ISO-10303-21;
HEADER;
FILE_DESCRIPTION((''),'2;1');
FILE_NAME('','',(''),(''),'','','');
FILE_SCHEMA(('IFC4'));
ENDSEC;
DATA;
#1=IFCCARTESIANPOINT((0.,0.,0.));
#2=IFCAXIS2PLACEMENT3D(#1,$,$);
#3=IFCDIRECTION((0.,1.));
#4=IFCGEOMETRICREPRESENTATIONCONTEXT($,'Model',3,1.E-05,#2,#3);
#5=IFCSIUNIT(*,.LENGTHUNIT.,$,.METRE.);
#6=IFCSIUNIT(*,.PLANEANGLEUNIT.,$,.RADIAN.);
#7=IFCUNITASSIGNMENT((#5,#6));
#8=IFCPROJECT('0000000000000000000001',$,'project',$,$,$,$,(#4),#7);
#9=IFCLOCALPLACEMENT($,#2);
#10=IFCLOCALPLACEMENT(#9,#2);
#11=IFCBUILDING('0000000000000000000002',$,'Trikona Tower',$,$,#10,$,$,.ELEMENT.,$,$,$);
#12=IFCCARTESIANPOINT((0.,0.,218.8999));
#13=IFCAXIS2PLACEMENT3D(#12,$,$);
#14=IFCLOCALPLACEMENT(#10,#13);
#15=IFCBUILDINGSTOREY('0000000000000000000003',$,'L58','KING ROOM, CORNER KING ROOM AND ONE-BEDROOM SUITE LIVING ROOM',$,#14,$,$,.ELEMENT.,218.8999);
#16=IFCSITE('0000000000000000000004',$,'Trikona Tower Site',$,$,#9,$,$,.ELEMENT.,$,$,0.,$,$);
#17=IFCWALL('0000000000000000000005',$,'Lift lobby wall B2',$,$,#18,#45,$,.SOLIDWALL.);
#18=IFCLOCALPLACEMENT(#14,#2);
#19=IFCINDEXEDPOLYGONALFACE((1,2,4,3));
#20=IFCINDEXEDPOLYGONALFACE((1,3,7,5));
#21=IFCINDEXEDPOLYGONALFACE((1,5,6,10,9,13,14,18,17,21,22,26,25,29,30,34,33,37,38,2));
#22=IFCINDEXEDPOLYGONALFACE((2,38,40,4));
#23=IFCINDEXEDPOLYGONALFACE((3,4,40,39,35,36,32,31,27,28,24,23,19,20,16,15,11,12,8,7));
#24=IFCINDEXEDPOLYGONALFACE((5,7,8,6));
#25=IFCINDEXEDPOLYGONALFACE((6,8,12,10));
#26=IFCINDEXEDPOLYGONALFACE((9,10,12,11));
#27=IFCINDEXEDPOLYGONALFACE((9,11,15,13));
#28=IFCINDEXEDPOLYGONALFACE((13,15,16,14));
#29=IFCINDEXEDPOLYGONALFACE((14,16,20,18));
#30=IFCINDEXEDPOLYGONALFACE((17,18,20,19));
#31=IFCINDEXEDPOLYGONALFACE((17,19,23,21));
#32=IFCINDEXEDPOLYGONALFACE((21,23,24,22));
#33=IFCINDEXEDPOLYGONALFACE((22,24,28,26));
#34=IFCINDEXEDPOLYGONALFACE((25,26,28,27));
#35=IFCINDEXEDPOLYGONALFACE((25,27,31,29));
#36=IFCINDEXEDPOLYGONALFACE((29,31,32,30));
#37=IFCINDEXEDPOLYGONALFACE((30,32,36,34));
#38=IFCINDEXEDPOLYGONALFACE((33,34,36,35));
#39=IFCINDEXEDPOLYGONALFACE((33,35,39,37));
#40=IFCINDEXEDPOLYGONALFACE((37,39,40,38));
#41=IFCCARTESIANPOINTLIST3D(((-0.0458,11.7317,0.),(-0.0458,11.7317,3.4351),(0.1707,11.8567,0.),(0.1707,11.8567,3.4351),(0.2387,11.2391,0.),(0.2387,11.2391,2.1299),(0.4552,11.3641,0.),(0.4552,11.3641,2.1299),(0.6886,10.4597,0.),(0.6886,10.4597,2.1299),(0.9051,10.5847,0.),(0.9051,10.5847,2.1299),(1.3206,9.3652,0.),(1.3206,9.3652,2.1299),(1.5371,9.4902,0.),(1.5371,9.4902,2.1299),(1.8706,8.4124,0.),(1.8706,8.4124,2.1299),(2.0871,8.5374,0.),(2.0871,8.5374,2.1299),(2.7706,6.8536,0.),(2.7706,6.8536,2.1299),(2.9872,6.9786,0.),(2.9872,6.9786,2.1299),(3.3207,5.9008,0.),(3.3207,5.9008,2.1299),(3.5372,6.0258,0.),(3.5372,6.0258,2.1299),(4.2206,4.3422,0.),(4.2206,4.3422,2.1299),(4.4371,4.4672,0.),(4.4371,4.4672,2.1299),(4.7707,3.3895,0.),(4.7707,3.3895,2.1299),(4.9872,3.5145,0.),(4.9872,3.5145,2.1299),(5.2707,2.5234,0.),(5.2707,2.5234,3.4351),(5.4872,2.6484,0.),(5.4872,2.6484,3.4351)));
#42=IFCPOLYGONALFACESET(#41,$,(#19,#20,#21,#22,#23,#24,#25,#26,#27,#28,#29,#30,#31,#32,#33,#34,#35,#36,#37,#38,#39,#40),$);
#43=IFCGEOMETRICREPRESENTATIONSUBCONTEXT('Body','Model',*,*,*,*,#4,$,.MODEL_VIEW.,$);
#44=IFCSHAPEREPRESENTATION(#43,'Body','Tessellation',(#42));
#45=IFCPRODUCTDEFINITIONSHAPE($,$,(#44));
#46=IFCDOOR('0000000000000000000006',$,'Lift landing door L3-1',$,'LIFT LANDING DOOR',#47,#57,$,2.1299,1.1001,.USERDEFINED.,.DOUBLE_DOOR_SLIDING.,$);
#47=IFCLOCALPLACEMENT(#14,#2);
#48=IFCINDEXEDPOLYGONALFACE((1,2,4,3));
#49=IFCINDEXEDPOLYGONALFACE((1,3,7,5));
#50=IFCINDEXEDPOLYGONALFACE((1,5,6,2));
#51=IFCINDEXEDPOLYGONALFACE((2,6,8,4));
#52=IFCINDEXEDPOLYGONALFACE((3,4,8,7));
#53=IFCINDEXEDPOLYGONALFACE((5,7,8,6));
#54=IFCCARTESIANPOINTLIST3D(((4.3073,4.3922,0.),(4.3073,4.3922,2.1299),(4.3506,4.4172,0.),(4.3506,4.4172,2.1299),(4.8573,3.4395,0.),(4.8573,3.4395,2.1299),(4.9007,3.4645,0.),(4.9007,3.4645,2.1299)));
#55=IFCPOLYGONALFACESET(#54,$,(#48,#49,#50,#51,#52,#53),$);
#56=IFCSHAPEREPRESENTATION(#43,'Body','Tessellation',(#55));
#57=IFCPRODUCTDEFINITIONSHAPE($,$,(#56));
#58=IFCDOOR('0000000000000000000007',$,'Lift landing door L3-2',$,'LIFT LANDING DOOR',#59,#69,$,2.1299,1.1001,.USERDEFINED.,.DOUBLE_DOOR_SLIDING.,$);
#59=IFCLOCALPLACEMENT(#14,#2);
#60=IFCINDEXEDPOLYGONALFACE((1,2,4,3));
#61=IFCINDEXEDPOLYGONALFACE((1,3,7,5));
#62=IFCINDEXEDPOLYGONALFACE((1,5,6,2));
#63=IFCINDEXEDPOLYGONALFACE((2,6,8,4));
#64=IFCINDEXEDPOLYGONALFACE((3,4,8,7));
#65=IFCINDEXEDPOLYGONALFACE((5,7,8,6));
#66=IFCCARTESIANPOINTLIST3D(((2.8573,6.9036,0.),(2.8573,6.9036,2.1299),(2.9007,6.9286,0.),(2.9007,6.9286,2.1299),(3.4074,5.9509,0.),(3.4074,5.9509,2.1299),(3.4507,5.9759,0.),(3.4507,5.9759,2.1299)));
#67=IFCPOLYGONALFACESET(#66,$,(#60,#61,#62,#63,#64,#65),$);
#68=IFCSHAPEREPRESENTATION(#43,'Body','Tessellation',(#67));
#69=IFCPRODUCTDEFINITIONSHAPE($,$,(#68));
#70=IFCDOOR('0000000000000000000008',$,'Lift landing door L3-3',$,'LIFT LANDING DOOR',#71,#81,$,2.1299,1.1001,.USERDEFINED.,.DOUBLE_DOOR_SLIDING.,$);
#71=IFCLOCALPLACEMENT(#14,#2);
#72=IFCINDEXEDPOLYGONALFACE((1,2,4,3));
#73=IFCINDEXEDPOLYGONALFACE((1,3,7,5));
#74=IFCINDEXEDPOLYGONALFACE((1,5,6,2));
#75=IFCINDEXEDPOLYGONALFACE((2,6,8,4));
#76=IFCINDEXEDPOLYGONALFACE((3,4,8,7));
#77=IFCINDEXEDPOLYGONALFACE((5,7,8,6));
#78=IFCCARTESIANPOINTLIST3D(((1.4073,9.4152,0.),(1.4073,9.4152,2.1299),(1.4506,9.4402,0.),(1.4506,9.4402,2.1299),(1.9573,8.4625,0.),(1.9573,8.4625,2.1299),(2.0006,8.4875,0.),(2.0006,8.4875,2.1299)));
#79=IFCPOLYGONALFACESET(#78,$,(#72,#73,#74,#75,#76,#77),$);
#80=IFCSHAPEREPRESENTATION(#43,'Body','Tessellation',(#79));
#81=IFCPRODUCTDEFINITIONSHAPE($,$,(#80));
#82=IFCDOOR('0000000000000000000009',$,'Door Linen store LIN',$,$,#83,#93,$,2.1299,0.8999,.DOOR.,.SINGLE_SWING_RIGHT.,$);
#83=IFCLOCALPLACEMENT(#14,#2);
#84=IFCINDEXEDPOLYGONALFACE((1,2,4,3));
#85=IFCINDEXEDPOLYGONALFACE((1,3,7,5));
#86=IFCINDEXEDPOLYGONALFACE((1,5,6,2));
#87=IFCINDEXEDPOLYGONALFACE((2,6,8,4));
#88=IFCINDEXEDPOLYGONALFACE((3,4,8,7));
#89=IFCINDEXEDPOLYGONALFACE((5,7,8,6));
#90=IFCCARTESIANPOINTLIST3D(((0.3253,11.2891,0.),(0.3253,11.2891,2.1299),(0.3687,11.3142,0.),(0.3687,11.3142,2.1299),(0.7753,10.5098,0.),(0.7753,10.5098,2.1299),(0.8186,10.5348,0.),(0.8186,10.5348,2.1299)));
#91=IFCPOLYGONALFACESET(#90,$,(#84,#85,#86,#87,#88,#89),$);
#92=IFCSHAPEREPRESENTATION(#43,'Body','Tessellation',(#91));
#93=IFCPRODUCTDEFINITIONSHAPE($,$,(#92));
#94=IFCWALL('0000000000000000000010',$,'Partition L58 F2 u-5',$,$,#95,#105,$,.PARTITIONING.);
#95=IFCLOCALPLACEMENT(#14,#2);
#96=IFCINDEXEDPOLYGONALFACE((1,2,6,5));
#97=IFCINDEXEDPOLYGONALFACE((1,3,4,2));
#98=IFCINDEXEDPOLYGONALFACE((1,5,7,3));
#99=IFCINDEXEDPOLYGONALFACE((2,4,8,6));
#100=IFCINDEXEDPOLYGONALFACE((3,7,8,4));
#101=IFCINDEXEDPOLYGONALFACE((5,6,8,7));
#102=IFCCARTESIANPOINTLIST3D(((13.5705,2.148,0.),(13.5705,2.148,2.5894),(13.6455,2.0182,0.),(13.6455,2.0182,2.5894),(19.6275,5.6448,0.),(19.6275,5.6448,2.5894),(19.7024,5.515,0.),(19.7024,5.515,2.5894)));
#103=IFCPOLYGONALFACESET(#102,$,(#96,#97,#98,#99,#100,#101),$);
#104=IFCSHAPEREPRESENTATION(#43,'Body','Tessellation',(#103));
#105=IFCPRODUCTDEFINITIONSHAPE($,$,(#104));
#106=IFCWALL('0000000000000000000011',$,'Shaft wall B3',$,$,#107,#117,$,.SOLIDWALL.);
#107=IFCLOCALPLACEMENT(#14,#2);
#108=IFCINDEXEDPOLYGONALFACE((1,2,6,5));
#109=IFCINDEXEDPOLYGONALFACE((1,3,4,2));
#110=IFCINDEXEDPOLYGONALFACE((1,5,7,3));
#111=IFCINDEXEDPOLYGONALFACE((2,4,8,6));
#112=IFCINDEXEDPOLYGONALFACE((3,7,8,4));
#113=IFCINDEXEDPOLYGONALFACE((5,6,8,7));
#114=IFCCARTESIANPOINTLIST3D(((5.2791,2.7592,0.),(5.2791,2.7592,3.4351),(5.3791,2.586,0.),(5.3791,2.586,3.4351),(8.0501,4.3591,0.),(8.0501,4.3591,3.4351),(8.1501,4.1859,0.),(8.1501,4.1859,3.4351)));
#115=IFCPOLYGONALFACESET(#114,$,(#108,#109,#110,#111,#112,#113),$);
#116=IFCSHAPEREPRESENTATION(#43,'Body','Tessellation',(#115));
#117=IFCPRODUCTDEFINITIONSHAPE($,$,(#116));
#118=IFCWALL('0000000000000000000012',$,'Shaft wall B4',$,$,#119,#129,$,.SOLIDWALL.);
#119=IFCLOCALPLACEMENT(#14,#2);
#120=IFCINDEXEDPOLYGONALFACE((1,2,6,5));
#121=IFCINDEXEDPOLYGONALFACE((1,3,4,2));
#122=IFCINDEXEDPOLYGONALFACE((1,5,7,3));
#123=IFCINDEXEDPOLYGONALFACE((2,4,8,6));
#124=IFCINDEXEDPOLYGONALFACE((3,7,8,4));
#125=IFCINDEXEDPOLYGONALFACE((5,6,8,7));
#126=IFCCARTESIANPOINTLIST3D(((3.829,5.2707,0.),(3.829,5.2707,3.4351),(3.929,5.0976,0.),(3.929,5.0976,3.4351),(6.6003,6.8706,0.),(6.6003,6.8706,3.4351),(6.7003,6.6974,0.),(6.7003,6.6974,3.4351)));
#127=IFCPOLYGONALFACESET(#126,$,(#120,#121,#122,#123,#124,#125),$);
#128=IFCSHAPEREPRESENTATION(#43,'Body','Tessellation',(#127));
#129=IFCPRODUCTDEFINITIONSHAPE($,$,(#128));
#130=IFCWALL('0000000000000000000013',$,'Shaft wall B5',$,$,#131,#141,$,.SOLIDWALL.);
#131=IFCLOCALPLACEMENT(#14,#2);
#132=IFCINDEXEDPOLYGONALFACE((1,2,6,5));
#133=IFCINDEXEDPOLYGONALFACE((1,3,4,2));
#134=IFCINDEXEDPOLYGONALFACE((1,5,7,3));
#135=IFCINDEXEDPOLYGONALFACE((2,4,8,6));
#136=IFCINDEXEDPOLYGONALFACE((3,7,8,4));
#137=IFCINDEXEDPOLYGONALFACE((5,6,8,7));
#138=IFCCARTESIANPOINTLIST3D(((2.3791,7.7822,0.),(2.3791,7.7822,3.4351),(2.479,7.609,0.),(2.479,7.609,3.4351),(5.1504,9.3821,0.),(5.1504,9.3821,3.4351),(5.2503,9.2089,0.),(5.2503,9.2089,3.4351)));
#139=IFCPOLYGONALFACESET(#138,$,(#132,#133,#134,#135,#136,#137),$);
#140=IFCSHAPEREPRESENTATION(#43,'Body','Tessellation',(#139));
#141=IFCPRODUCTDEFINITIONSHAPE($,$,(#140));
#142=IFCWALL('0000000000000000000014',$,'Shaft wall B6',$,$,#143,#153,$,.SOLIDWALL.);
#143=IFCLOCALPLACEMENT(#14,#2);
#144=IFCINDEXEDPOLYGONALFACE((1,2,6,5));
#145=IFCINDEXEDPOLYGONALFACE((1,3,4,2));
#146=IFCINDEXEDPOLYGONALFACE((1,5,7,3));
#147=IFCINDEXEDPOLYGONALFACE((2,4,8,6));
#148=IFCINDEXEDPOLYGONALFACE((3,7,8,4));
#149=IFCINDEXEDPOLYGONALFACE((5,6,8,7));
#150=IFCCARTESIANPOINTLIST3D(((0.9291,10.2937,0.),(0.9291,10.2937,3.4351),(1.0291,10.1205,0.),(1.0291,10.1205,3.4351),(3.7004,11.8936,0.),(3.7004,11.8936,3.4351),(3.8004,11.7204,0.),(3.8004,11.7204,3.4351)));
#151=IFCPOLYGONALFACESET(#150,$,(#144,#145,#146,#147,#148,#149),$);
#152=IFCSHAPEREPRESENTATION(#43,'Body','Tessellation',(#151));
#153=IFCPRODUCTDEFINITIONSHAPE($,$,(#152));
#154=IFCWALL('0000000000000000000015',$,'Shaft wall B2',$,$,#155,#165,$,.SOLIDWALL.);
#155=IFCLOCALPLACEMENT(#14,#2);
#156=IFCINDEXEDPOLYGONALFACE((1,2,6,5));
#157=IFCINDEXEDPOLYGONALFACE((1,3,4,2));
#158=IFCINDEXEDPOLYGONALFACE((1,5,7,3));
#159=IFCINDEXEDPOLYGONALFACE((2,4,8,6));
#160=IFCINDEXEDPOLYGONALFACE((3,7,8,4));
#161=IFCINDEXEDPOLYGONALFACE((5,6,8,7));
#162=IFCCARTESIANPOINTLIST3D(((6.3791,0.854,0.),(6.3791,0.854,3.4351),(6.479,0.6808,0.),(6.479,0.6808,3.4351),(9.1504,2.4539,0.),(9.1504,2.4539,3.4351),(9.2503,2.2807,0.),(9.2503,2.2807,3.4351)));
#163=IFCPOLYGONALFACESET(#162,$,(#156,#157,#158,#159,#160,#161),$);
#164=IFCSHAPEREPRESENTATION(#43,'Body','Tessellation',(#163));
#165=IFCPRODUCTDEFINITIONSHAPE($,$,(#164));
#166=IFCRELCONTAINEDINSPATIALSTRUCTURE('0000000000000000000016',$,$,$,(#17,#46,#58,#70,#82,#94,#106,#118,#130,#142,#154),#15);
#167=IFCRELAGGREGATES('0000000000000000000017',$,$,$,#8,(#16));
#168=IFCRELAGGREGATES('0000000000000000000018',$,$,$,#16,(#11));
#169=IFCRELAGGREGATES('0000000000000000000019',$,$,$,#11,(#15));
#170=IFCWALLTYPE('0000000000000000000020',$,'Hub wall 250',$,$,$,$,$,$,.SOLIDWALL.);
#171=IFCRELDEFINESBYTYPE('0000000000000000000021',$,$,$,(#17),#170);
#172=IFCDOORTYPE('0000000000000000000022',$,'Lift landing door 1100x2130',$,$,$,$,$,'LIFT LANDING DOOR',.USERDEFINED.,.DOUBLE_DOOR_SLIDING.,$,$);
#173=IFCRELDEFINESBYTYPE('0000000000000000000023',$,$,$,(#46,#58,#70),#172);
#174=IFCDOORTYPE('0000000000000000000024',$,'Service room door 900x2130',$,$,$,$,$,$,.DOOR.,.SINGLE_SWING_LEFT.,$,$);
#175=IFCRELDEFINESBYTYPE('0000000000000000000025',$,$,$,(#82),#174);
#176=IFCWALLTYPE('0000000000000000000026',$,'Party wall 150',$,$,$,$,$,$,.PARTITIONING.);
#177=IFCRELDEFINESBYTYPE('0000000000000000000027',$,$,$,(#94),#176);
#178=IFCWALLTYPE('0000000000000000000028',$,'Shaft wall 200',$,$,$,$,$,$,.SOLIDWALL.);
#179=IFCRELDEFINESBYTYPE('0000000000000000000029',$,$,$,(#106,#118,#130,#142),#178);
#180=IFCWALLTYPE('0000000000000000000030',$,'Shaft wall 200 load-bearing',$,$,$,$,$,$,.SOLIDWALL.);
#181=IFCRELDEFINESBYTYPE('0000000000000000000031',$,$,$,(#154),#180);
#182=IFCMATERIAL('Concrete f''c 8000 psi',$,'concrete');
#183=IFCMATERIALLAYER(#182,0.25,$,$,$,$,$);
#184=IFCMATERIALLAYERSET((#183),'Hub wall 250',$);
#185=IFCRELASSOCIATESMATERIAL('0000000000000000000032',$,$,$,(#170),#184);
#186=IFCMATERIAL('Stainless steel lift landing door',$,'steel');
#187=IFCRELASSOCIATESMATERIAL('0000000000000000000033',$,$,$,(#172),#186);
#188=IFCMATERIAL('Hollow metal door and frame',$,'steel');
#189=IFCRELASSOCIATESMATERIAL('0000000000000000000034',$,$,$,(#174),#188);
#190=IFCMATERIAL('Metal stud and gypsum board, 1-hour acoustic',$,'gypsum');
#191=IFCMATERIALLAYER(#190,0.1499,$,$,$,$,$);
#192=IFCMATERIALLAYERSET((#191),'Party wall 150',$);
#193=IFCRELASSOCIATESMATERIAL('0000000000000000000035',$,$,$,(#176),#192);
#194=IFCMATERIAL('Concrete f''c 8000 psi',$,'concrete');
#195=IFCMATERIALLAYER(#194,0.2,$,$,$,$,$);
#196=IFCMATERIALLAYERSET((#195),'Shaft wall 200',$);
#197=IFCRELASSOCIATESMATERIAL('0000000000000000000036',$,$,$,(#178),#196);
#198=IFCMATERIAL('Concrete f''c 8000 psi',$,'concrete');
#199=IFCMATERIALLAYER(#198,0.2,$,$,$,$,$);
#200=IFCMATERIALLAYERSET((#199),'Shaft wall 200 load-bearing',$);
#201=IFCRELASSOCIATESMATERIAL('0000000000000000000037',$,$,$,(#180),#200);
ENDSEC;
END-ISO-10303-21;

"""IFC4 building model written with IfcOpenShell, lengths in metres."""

from ifc_helpers import new_model, si_unit, direction, frame, frame_2d, origin, place, context, subcontext, project, spatial, rectangle, extrude, material, layer, layer_set, type_object, element, fill, save


model = new_model("IFC4")

# Units and contexts
model_context = context("Model", 3, precision=1e-05, world=origin(), true_north=direction((0.0, 1.0)))
body_context = subcontext(model_context, "Body", "Model", "MODEL_VIEW")
ifc_project = project(units=[si_unit("LENGTHUNIT", "METRE"), si_unit("PLANEANGLEUNIT", "RADIAN")], contexts=[model_context])

# Site, building, storey
site_placement = place(None, origin())
site = spatial("IfcSite", under=ifc_project, at=site_placement, Name="Trikona Tower Site", CompositionType="ELEMENT", RefElevation=0.0)
building_placement = place(site_placement, origin())
building = spatial("IfcBuilding", under=site, at=building_placement, Name="Trikona Tower", CompositionType="ELEMENT")
storey_placement = place(building_placement, frame((0.0, 0.0, 218.8999)))
storey = spatial("IfcBuildingStorey", under=building, at=storey_placement, Name="L58", Description="KING ROOM, CORNER KING ROOM AND ONE-BEDROOM SUITE LIVING ROOM", CompositionType="ELEMENT", Elevation=218.8999)

# Wall, openings, doors
ifc_material_1 = material(Name="Concrete f'c 8000 psi", Category="concrete")
ifc_layer_1 = layer(ifc_material_1, 0.25)
ifc_layer_set_1 = layer_set([ifc_layer_1], Name="Hub wall 250")
wall_type_1 = type_object("IfcWallType", Name="Hub wall 250", PredefinedType="SOLIDWALL", material=ifc_layer_set_1)
wall_1_placement = place(storey_placement, frame((5.3789, 2.5859, 0.0), z_axis=(0.0, 0.0, 1.0), x_axis=(-0.500001, 0.866025, 0.0)))
wall_1 = element("IfcWall", 1, at=wall_1_placement, inside=storey, type_object=wall_type_1, Name="Lift lobby wall B2", PredefinedType="SOLIDWALL", context=body_context, shape_type="SweptSolid", body=[
    extrude(rectangle(XDim=10.6328, YDim=0.25, at=frame_2d((5.3164, 0.0))), origin(), (0.0, 0.0, 1.0), 3.4351),
])
opening_1_placement = place(wall_1_placement, frame((9.1641, 0.0, 0.0)))
opening_1 = element("IfcOpeningElement", 2, at=opening_1_placement, cuts=wall_1, PredefinedType="OPENING", context=body_context, shape_type="SweptSolid", body=[
    extrude(rectangle(XDim=0.8999, YDim=2.1299, at=frame_2d((0.45, 1.0649))), frame((0.0, 0.135, 0.0), z_axis=(0.0, -1.0, 0.0), x_axis=(1.0, 0.0, 0.0)), (0.0, 0.0, 1.0), 0.27),
])
opening_2_placement = place(wall_1_placement, frame((1.0, 0.0, 0.0)))
opening_2 = element("IfcOpeningElement", 3, at=opening_2_placement, cuts=wall_1, PredefinedType="OPENING", context=body_context, shape_type="SweptSolid", body=[
    extrude(rectangle(XDim=1.1001, YDim=2.1299, at=frame_2d((0.55, 1.0649))), frame((0.0, 0.135, 0.0), z_axis=(0.0, -1.0, 0.0), x_axis=(1.0, 0.0, 0.0)), (0.0, 0.0, 1.0), 0.27),
])
opening_3_placement = place(wall_1_placement, frame((3.8999, 0.0, 0.0)))
opening_3 = element("IfcOpeningElement", 4, at=opening_3_placement, cuts=wall_1, PredefinedType="OPENING", context=body_context, shape_type="SweptSolid", body=[
    extrude(rectangle(XDim=1.1001, YDim=2.1299, at=frame_2d((0.55, 1.0649))), frame((0.0, 0.135, 0.0), z_axis=(0.0, -1.0, 0.0), x_axis=(1.0, 0.0, 0.0)), (0.0, 0.0, 1.0), 0.27),
])
opening_4_placement = place(wall_1_placement, frame((6.8, 0.0, 0.0)))
opening_4 = element("IfcOpeningElement", 5, at=opening_4_placement, cuts=wall_1, PredefinedType="OPENING", context=body_context, shape_type="SweptSolid", body=[
    extrude(rectangle(XDim=1.1001, YDim=2.1299, at=frame_2d((0.55, 1.0649))), frame((0.0, 0.135, 0.0), z_axis=(0.0, -1.0, 0.0), x_axis=(1.0, 0.0, 0.0)), (0.0, 0.0, 1.0), 0.27),
])
ifc_material_2 = material(Name="Stainless steel lift landing door", Category="steel")
door_type_1 = type_object("IfcDoorType", Name="Lift landing door 1100x2130", ElementType="LIFT LANDING DOOR", OperationType="DOUBLE_DOOR_SLIDING", PredefinedType="USERDEFINED", material=ifc_material_2)
door_1_placement = place(opening_2_placement, origin())
door_1 = element("IfcDoor", 6, at=door_1_placement, inside=storey, type_object=door_type_1, Name="Lift landing door L3-1", ObjectType="LIFT LANDING DOOR", OperationType="DOUBLE_DOOR_SLIDING", OverallHeight=2.1299, OverallWidth=1.1001, PredefinedType="USERDEFINED", context=body_context, shape_type="SweptSolid", body=[
    extrude(rectangle(XDim=1.1001, YDim=2.1299, at=frame_2d((0.55, 1.0649))), frame((0.0, 0.0249, 0.0), z_axis=(0.0, -1.0, 0.0), x_axis=(1.0, 0.0, 0.0)), (0.0, 0.0, 1.0), 0.05),
])
fill(opening_2, door_1)
door_2_placement = place(opening_3_placement, origin())
door_2 = element("IfcDoor", 7, at=door_2_placement, inside=storey, type_object=door_type_1, Name="Lift landing door L3-2", ObjectType="LIFT LANDING DOOR", OperationType="DOUBLE_DOOR_SLIDING", OverallHeight=2.1299, OverallWidth=1.1001, PredefinedType="USERDEFINED", context=body_context, shape_type="SweptSolid", body=[
    extrude(rectangle(XDim=1.1001, YDim=2.1299, at=frame_2d((0.55, 1.0649))), frame((0.0, 0.0249, 0.0), z_axis=(0.0, -1.0, 0.0), x_axis=(1.0, 0.0, 0.0)), (0.0, 0.0, 1.0), 0.05),
])
fill(opening_3, door_2)
door_3_placement = place(opening_4_placement, origin())
door_3 = element("IfcDoor", 8, at=door_3_placement, inside=storey, type_object=door_type_1, Name="Lift landing door L3-3", ObjectType="LIFT LANDING DOOR", OperationType="DOUBLE_DOOR_SLIDING", OverallHeight=2.1299, OverallWidth=1.1001, PredefinedType="USERDEFINED", context=body_context, shape_type="SweptSolid", body=[
    extrude(rectangle(XDim=1.1001, YDim=2.1299, at=frame_2d((0.55, 1.0649))), frame((0.0, 0.0249, 0.0), z_axis=(0.0, -1.0, 0.0), x_axis=(1.0, 0.0, 0.0)), (0.0, 0.0, 1.0), 0.05),
])
fill(opening_4, door_3)
ifc_material_3 = material(Name="Hollow metal door and frame", Category="steel")
door_type_2 = type_object("IfcDoorType", Name="Service room door 900x2130", OperationType="SINGLE_SWING_LEFT", PredefinedType="DOOR", material=ifc_material_3)
door_4_placement = place(opening_1_placement, origin())
door_4 = element("IfcDoor", 9, at=door_4_placement, inside=storey, type_object=door_type_2, Name="Door Linen store LIN", OperationType="SINGLE_SWING_RIGHT", OverallHeight=2.1299, OverallWidth=0.8999, PredefinedType="DOOR", context=body_context, shape_type="SweptSolid", body=[
    extrude(rectangle(XDim=0.8999, YDim=2.1299, at=frame_2d((0.45, 1.0649))), frame((0.0, 0.0249, 0.0), z_axis=(0.0, -1.0, 0.0), x_axis=(1.0, 0.0, 0.0)), (0.0, 0.0, 1.0), 0.05),
])
fill(opening_1, door_4)

# Walls
ifc_material_4 = material(Name="Metal stud and gypsum board, 1-hour acoustic", Category="gypsum")
ifc_layer_2 = layer(ifc_material_4, 0.1499)
ifc_layer_set_2 = layer_set([ifc_layer_2], Name="Party wall 150")
wall_type_2 = type_object("IfcWallType", Name="Party wall 150", PredefinedType="PARTITIONING", material=ifc_layer_set_2)
wall_2_placement = place(storey_placement, frame((13.6079, 2.083, 0.0), z_axis=(0.0, 0.0, 1.0), x_axis=(0.866033, 0.499987, 0.0)))
element("IfcWall", 10, at=wall_2_placement, inside=storey, type_object=wall_type_2, Name="Partition L58 F2 u-5", PredefinedType="PARTITIONING", context=body_context, shape_type="SweptSolid", body=[
    extrude(rectangle(XDim=6.9939, YDim=0.1499, at=frame_2d((3.4971, 0.0))), origin(), (0.0, 0.0, 1.0), 2.5894),
])
ifc_material_5 = material(Name="Concrete f'c 8000 psi", Category="concrete")
ifc_layer_3 = layer(ifc_material_5, 0.2)
ifc_layer_set_3 = layer_set([ifc_layer_3], Name="Shaft wall 200")
wall_type_3 = type_object("IfcWallType", Name="Shaft wall 200", PredefinedType="SOLIDWALL", material=ifc_layer_set_3)
wall_3_placement = place(storey_placement, frame((5.3291, 2.6726, 0.0), z_axis=(0.0, 0.0, 1.0), x_axis=(0.866023, 0.500004, 0.0)))
element("IfcWall", 11, at=wall_3_placement, inside=storey, type_object=wall_type_3, Name="Shaft wall B3", PredefinedType="SOLIDWALL", context=body_context, shape_type="SweptSolid", body=[
    extrude(rectangle(XDim=3.1997, YDim=0.2, at=frame_2d((1.5999, 0.0))), origin(), (0.0, 0.0, 1.0), 3.4351),
])
for number, where, z_axis, x_axis, name in (
    (12, (3.8789, 5.1841, 0.0), (0.0, 0.0, 1.0), (0.866042, 0.499971, 0.0), "Shaft wall B4"),
    (13, (2.429, 7.6956, 0.0), (0.0, 0.0, 1.0), (0.866042, 0.499971, 0.0), "Shaft wall B5"),
    (14, (0.979, 10.207, 0.0), (0.0, 0.0, 1.0), (0.866042, 0.499971, 0.0), "Shaft wall B6"),
):
    element("IfcWall", number, at=place(storey_placement, frame(where, z_axis=z_axis, x_axis=x_axis)), inside=storey, type_object=wall_type_3, Name=name, PredefinedType="SOLIDWALL", context=body_context, shape_type="SweptSolid", body=[
        extrude(rectangle(XDim=3.2, YDim=0.2, at=frame_2d((1.6001, 0.0))), origin(), (0.0, 0.0, 1.0), 3.4351),
    ])
ifc_material_6 = material(Name="Concrete f'c 8000 psi", Category="concrete")
ifc_layer_4 = layer(ifc_material_6, 0.2)
ifc_layer_set_4 = layer_set([ifc_layer_4], Name="Shaft wall 200 load-bearing")
wall_type_4 = type_object("IfcWallType", Name="Shaft wall 200 load-bearing", PredefinedType="SOLIDWALL", material=ifc_layer_set_4)
wall_4_placement = place(storey_placement, frame((6.429, 0.7673, 0.0), z_axis=(0.0, 0.0, 1.0), x_axis=(0.866042, 0.499971, 0.0)))
element("IfcWall", 15, at=wall_4_placement, inside=storey, type_object=wall_type_4, Name="Shaft wall B2", PredefinedType="SOLIDWALL", context=body_context, shape_type="SweptSolid", body=[
    extrude(rectangle(XDim=3.2, YDim=0.2, at=frame_2d((1.6001, 0.0))), origin(), (0.0, 0.0, 1.0), 3.4351),
])

save(model, "model.ifc")
